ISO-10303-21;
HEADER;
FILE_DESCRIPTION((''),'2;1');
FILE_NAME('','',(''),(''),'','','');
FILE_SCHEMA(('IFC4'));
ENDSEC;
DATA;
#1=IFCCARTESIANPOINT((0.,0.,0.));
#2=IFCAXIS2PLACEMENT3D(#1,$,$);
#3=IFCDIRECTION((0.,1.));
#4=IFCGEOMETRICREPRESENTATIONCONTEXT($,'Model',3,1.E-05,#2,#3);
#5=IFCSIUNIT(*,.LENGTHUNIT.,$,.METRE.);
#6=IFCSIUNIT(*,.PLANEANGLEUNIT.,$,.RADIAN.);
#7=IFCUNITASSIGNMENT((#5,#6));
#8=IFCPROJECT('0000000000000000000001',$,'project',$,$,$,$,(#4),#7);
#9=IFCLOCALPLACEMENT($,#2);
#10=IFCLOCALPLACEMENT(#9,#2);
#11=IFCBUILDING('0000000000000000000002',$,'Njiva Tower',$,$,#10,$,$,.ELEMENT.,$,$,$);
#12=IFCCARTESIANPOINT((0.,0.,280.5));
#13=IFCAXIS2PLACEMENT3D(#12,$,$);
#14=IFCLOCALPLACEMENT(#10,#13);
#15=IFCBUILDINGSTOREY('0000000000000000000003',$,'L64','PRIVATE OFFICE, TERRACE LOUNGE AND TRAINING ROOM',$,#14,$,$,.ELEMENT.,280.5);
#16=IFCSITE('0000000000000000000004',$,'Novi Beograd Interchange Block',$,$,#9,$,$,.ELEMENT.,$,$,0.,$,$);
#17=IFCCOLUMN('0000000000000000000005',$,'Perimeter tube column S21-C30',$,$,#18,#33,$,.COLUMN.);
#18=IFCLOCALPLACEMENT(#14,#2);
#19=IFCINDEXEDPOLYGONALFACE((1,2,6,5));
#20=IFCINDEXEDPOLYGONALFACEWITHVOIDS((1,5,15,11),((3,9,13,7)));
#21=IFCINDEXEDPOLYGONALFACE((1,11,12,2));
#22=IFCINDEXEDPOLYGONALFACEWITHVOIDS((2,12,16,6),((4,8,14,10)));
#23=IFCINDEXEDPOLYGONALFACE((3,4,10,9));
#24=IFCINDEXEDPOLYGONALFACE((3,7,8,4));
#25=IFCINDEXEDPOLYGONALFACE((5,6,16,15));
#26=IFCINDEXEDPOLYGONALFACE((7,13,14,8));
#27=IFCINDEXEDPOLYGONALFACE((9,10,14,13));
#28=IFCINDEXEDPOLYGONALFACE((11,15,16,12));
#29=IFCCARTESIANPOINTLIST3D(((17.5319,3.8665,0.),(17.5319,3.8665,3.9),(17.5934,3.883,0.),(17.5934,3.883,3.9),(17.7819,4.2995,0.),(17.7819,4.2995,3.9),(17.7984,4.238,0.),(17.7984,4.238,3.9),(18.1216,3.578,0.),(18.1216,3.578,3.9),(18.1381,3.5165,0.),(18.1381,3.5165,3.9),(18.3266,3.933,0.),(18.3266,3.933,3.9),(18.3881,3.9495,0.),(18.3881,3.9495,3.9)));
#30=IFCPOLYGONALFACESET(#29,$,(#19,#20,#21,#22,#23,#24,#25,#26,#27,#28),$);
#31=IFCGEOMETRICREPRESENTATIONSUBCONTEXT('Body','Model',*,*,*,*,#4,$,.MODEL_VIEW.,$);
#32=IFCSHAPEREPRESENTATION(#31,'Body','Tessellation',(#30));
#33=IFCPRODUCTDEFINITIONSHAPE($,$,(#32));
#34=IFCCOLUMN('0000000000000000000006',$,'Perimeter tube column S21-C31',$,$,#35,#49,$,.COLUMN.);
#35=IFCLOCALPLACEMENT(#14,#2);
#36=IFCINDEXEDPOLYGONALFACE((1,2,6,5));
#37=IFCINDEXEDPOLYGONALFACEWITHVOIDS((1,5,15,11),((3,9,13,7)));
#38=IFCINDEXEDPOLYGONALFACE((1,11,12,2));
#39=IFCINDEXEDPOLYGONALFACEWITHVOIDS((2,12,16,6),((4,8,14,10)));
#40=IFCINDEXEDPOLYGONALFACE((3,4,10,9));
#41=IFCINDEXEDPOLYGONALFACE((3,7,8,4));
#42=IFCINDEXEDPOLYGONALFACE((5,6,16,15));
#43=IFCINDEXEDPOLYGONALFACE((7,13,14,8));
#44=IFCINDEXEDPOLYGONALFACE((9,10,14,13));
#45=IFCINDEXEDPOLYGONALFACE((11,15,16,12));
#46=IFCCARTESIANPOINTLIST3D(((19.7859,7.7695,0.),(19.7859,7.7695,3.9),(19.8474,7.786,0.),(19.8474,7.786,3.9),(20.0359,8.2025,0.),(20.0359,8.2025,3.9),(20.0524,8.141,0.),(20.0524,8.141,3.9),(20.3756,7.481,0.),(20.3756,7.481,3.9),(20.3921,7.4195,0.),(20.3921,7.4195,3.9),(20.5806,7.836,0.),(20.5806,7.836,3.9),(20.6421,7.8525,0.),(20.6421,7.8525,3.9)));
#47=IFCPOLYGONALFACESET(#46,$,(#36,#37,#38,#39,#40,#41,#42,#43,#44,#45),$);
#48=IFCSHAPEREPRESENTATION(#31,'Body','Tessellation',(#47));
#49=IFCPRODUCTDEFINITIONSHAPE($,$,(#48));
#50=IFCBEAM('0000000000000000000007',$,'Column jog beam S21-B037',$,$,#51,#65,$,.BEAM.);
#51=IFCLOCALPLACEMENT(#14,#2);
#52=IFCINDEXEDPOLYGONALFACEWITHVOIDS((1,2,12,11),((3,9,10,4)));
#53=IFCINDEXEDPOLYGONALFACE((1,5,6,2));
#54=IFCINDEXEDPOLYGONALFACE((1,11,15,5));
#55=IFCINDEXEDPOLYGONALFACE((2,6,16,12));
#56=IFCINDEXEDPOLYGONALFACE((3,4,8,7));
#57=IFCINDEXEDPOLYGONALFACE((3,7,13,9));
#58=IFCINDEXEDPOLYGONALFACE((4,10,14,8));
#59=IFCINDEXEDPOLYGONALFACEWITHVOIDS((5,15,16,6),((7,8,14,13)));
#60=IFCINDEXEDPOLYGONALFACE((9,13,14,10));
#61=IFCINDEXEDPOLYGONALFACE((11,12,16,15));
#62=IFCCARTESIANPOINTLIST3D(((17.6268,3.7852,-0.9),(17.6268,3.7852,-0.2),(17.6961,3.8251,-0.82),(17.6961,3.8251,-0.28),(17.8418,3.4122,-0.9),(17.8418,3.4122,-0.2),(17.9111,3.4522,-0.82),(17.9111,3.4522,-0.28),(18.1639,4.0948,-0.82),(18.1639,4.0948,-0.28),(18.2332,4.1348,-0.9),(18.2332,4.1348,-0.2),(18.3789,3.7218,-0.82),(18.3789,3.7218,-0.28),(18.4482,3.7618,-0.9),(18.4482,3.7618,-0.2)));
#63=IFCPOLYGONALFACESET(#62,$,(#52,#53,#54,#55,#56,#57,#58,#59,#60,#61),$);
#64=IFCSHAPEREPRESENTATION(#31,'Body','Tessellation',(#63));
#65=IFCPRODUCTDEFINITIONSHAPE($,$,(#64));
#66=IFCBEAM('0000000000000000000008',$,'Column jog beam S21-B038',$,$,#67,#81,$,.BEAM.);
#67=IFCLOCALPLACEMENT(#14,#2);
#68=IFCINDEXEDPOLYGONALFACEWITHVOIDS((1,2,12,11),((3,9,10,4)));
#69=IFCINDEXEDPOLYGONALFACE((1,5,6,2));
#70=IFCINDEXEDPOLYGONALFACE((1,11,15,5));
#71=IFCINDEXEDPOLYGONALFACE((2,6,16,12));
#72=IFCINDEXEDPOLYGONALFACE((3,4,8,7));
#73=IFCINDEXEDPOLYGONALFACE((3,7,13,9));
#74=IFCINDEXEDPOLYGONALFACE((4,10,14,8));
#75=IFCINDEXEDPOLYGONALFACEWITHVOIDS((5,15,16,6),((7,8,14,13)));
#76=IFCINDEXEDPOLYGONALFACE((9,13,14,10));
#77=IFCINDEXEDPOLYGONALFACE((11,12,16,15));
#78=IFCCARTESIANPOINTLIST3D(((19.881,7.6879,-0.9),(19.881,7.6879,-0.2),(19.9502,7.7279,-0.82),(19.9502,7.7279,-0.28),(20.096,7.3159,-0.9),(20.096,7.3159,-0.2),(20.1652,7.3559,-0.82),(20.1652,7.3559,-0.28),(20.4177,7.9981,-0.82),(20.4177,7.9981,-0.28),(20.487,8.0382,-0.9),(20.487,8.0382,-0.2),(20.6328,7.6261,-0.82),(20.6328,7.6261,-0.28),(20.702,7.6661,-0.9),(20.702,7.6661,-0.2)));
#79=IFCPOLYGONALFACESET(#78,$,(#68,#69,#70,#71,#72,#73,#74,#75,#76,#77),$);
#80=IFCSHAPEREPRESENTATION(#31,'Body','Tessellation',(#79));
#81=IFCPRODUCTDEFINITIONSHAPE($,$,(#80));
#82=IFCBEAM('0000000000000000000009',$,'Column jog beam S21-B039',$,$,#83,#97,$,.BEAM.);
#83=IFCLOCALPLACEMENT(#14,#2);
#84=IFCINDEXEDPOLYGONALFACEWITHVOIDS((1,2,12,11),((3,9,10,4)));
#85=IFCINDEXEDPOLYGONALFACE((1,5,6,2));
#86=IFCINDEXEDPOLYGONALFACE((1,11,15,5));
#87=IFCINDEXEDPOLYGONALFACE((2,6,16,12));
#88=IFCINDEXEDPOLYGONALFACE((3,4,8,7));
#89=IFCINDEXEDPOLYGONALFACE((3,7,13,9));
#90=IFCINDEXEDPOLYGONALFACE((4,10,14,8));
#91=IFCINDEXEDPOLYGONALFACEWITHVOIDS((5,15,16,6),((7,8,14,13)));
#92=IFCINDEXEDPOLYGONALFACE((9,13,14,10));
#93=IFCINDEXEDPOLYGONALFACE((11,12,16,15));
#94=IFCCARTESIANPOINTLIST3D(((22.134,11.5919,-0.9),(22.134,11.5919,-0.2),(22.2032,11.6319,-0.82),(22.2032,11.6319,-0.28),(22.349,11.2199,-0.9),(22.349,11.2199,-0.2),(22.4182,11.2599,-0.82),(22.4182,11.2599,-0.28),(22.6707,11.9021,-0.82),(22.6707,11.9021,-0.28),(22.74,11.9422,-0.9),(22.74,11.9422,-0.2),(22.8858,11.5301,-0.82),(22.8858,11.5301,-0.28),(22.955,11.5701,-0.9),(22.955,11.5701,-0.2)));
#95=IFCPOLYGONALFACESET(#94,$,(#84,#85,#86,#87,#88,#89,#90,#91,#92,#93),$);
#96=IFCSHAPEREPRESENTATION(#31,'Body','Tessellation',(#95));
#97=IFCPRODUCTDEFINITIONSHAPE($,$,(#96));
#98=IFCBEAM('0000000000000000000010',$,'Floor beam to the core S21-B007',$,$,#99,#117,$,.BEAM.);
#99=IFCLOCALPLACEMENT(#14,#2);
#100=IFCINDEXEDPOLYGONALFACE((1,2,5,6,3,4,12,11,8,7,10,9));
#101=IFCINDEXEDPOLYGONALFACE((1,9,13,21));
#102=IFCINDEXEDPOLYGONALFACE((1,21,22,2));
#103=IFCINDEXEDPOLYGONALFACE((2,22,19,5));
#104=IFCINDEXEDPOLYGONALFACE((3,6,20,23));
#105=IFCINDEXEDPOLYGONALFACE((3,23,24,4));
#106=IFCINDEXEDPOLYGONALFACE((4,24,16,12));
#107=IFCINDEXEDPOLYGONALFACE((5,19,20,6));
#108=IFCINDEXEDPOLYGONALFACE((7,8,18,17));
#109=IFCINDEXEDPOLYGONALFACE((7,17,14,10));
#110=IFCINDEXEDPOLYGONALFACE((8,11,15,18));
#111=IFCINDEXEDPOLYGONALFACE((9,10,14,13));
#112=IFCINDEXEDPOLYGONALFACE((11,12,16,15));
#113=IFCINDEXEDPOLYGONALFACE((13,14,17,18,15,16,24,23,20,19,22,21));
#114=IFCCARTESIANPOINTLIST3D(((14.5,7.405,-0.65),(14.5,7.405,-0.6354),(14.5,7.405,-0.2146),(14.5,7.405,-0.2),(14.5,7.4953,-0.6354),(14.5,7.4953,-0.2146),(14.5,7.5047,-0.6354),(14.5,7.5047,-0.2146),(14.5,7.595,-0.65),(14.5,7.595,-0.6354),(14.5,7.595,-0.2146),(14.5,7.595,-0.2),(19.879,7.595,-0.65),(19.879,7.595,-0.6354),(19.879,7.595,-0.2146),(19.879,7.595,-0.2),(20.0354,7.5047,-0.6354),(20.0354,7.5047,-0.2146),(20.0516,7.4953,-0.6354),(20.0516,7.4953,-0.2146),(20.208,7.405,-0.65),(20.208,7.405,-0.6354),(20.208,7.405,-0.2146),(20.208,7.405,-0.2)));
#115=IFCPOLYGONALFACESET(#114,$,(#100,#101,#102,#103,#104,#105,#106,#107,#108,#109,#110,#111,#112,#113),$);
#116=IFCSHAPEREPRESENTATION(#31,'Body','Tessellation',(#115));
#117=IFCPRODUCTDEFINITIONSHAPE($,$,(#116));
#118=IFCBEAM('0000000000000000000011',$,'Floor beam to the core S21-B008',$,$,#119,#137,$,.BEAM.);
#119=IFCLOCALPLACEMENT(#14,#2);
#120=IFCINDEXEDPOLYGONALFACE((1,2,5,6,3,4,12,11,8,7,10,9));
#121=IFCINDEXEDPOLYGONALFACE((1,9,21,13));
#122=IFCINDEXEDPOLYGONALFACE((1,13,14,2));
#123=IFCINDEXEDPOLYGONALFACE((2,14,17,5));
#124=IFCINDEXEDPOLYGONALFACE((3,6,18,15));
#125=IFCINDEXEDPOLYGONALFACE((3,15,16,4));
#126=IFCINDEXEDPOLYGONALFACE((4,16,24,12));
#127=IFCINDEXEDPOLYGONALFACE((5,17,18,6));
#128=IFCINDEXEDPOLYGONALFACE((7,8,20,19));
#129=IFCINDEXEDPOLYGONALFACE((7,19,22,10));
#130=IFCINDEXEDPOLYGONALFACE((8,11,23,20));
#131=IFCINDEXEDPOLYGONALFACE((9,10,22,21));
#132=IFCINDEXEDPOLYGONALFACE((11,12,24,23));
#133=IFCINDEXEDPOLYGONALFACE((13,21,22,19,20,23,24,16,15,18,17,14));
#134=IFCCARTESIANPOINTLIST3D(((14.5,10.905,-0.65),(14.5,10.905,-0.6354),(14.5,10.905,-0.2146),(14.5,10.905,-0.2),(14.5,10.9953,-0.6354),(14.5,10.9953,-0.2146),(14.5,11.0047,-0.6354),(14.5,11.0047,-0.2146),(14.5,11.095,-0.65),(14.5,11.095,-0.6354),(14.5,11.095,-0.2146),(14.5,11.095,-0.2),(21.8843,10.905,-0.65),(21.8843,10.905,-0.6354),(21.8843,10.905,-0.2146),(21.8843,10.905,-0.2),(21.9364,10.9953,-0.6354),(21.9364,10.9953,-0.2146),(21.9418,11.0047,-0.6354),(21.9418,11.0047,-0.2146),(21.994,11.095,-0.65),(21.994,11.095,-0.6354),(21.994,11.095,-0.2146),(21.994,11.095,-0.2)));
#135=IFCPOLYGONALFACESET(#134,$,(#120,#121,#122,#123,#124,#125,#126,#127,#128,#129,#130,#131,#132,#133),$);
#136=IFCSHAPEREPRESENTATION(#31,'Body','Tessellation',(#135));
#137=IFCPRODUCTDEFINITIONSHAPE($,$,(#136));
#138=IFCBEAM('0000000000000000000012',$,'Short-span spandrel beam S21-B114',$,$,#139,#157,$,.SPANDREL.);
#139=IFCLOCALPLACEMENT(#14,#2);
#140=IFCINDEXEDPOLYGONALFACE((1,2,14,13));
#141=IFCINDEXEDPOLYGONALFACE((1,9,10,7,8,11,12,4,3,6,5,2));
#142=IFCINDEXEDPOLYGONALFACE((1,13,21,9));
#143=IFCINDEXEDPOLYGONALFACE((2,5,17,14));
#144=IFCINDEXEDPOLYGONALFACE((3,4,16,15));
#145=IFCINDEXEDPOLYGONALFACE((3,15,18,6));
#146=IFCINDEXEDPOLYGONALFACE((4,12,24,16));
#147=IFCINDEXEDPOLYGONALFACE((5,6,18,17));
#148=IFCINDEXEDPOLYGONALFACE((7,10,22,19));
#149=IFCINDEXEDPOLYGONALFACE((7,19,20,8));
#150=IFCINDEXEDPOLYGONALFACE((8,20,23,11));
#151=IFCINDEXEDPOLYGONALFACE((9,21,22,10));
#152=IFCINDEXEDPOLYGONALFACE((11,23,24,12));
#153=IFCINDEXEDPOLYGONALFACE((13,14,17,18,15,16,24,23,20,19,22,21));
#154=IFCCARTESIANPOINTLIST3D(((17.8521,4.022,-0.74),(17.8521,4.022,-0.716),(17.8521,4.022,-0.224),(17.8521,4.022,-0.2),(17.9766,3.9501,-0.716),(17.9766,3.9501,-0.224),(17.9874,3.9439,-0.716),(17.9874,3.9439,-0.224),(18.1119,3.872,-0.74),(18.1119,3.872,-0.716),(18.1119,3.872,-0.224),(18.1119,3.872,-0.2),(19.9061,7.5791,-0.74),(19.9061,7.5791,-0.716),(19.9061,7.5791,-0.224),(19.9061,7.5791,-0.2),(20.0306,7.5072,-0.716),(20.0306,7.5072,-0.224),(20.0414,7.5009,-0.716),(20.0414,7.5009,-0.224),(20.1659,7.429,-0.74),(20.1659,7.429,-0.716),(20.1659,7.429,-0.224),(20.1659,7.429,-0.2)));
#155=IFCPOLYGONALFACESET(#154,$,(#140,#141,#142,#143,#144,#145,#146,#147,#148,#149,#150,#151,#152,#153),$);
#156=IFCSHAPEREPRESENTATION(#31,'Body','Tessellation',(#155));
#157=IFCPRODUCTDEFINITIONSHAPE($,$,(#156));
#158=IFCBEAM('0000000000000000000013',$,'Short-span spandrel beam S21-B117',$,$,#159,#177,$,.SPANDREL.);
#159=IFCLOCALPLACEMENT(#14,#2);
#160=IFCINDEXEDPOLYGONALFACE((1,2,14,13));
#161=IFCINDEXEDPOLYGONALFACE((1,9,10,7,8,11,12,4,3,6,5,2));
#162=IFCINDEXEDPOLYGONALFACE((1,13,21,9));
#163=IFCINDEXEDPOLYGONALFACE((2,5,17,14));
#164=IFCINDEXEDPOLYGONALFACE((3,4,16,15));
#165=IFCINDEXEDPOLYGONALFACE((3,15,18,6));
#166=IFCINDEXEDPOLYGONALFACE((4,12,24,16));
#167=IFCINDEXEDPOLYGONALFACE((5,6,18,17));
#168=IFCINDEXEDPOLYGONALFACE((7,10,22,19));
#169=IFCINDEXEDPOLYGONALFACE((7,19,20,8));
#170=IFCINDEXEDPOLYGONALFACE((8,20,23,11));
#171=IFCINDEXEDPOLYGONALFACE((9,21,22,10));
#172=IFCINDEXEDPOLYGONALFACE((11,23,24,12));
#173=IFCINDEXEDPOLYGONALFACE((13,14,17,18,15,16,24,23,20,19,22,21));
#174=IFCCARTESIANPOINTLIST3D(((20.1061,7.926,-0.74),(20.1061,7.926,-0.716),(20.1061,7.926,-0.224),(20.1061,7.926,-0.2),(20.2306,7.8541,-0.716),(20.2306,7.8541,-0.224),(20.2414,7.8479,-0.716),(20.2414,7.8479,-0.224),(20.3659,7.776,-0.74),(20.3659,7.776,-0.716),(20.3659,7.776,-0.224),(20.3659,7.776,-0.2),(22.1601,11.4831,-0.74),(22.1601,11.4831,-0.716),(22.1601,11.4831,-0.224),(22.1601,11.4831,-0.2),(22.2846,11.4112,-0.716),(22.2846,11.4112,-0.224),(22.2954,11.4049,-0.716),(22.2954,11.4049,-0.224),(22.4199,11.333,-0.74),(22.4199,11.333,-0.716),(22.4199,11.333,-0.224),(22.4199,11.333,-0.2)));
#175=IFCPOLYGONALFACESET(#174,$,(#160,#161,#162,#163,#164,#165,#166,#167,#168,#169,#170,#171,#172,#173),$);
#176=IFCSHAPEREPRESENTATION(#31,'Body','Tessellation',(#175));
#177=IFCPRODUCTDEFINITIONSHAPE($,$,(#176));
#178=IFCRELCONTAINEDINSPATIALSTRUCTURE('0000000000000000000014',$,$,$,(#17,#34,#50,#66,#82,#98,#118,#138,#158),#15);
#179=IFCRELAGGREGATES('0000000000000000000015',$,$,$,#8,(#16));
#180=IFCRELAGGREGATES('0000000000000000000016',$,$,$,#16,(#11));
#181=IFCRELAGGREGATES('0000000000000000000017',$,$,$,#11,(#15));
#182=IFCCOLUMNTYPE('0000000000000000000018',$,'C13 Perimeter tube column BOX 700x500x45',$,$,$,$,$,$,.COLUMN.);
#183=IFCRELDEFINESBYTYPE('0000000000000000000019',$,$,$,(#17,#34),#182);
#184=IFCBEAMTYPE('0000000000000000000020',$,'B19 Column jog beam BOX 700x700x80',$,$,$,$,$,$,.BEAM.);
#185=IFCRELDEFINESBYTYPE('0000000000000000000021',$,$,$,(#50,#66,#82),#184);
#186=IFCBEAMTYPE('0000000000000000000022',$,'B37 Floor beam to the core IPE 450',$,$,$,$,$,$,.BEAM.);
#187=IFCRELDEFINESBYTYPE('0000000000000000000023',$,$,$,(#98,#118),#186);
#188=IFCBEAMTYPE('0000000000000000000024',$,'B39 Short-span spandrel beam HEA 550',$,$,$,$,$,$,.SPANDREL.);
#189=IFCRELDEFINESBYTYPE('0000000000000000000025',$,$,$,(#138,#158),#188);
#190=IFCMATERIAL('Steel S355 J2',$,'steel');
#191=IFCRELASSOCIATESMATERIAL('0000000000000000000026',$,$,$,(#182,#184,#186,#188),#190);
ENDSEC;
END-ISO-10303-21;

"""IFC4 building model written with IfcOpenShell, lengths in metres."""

from ifc_helpers import new_model, si_unit, direction, frame, origin, origin_2d, place, context, subcontext, project, spatial, hollow_rectangle, i_section, extrude, clip, halfspace, material, material_profile, profile_set, type_object, element, save


model = new_model("IFC4")

# Units and contexts
model_context = context("Model", 3, precision=1e-05, world=origin(), true_north=direction((0.0, 1.0)))
body_context = subcontext(model_context, "Body", "Model", "MODEL_VIEW")
ifc_project = project(units=[si_unit("LENGTHUNIT", "METRE"), si_unit("PLANEANGLEUNIT", "RADIAN")], contexts=[model_context])

# Site, building, storey
site_placement = place(None, origin())
site = spatial("IfcSite", under=ifc_project, at=site_placement, Name="Novi Beograd Interchange Block", CompositionType="ELEMENT", RefElevation=0.0)
building_placement = place(site_placement, origin())
building = spatial("IfcBuilding", under=site, at=building_placement, Name="Njiva Tower", CompositionType="ELEMENT")
storey_placement = place(building_placement, frame((0.0, 0.0, 280.5)))
storey = spatial("IfcBuildingStorey", under=building, at=storey_placement, Name="L64", Description="PRIVATE OFFICE, TERRACE LOUNGE AND TRAINING ROOM", CompositionType="ELEMENT", Elevation=280.5)

# Columns
ifc_material_1 = material(Name="Steel S355 J2", Category="steel")
ifc_material_profile_1 = material_profile(ifc_material_1, hollow_rectangle(XDim=0.5, YDim=0.7, WallThickness=0.045, at=origin_2d()), Name="BOX 700x500x45")
ifc_profile_set_1 = profile_set([ifc_material_profile_1], Name="Steel S355 J2")
column_type = type_object("IfcColumnType", Name="C13 Perimeter tube column BOX 700x500x45", PredefinedType="COLUMN", material=ifc_profile_set_1)
for number, where, z_axis, x_axis, name in (
    (1, (17.96, 3.908, 0.0), (0.0, 0.0, 1.0), (0.5, 0.866025, 0.0), "Perimeter tube column S21-C30"),
    (2, (20.214, 7.811, 0.0), (0.0, 0.0, 1.0), (0.5, 0.866025, 0.0), "Perimeter tube column S21-C31"),
):
    element("IfcColumn", number, at=place(storey_placement, frame(where, z_axis=z_axis, x_axis=x_axis)), inside=storey, type_object=column_type, Name=name, PredefinedType="COLUMN", context=body_context, shape_type="SweptSolid", body=[
        extrude(hollow_rectangle(XDim=0.5, YDim=0.7, WallThickness=0.045, at=origin_2d()), origin(), (0.0, 0.0, 1.0), 3.9),
    ])

# Beams
ifc_material_profile_2 = material_profile(ifc_material_1, hollow_rectangle(XDim=0.7, YDim=0.7, WallThickness=0.08, at=origin_2d()), Name="BOX 700x700x80")
ifc_profile_set_2 = profile_set([ifc_material_profile_2], Name="Steel S355 J2")
beam_type_1 = type_object("IfcBeamType", Name="B19 Column jog beam BOX 700x700x80", PredefinedType="BEAM", material=ifc_profile_set_2)
beam_1_placement = place(storey_placement, frame((18.145, 3.587, -0.55), z_axis=(-0.499387, 0.866379, 0.0), x_axis=(-0.866379, -0.499387, 0.0)))
element("IfcBeam", 3, at=beam_1_placement, inside=storey, type_object=beam_type_1, Name="Column jog beam S21-B037", PredefinedType="BEAM", context=body_context, shape_type="SweptSolid", body=[
    extrude(hollow_rectangle(XDim=0.7, YDim=0.7, WallThickness=0.08, at=origin_2d()), origin(), (0.0, 0.0, 1.0), 0.4305),
])
for number, where, z_axis, x_axis, name in (
    (4, (20.399, 7.491, -0.55), (-0.500394, 0.865798, 0.0), (-0.865798, -0.500394, 0.0), "Column jog beam S21-B038"),
    (5, (22.652, 11.395, -0.55), (-0.500394, 0.865798, 0.0), (-0.865798, -0.500394, 0.0), "Column jog beam S21-B039"),
):
    element("IfcBeam", number, at=place(storey_placement, frame(where, z_axis=z_axis, x_axis=x_axis)), inside=storey, type_object=beam_type_1, Name=name, PredefinedType="BEAM", context=body_context, shape_type="SweptSolid", body=[
        extrude(hollow_rectangle(XDim=0.7, YDim=0.7, WallThickness=0.08, at=origin_2d()), origin(), (0.0, 0.0, 1.0), 0.4297),
    ])
ifc_material_profile_3 = material_profile(ifc_material_1, i_section(OverallWidth=0.19, OverallDepth=0.45, WebThickness=0.0094, FlangeThickness=0.0146, at=origin_2d()), Name="IPE 450")
ifc_profile_set_3 = profile_set([ifc_material_profile_3], Name="Steel S355 J2")
beam_type_2 = type_object("IfcBeamType", Name="B37 Floor beam to the core IPE 450", PredefinedType="BEAM", material=ifc_profile_set_3)
beam_2_placement = place(storey_placement, frame((14.5, 7.5, -0.425), z_axis=(1.0, 0.0, 0.0), x_axis=(0.0, 1.0, 0.0)))
element("IfcBeam", 6, at=beam_2_placement, inside=storey, type_object=beam_type_2, Name="Floor beam to the core S21-B007", PredefinedType="BEAM", context=body_context, shape_type="Clipping", body=[
    clip(extrude(i_section(OverallWidth=0.19, OverallDepth=0.45, WebThickness=0.0094, FlangeThickness=0.0146, at=origin_2d()), origin(), (0.0, 0.0, 1.0), 5.728), halfspace(frame((0.0433, 0.0, 5.4685), z_axis=(0.866027, 0.0, 0.499998), x_axis=(0.0, 1.0, 0.0)), False)),
])
beam_3_placement = place(storey_placement, frame((14.5, 11.0, -0.425), z_axis=(1.0, 0.0, 0.0), x_axis=(0.0, 1.0, 0.0)))
element("IfcBeam", 7, at=beam_3_placement, inside=storey, type_object=beam_type_2, Name="Floor beam to the core S21-B008", PredefinedType="BEAM", context=body_context, shape_type="Clipping", body=[
    clip(extrude(i_section(OverallWidth=0.19, OverallDepth=0.45, WebThickness=0.0094, FlangeThickness=0.0146, at=origin_2d()), origin(), (0.0, 0.0, 1.0), 7.514), halfspace(frame((-0.025, 0.0, 7.4247), z_axis=(-0.499998, 0.0, 0.866027), x_axis=(0.0, 1.0, 0.0)), False)),
])
ifc_material_profile_4 = material_profile(ifc_material_1, i_section(OverallWidth=0.3, OverallDepth=0.54, WebThickness=0.0125, FlangeThickness=0.024, at=origin_2d()), Name="HEA 550")
ifc_profile_set_4 = profile_set([ifc_material_profile_4], Name="Steel S355 J2")
beam_type_3 = type_object("IfcBeamType", Name="B39 Short-span spandrel beam HEA 550", PredefinedType="SPANDREL", material=ifc_profile_set_4)
for number, where, z_axis, x_axis, name in (
    (8, (17.982, 3.947, -0.47), (0.500067, 0.865987, 0.0), (-0.865987, 0.500067, 0.0), "Short-span spandrel beam S21-B114"),
    (9, (20.236, 7.851, -0.47), (0.500067, 0.865987, 0.0), (-0.865987, 0.500067, 0.0), "Short-span spandrel beam S21-B117"),
):
    element("IfcBeam", number, at=place(storey_placement, frame(where, z_axis=z_axis, x_axis=x_axis)), inside=storey, type_object=beam_type_3, Name=name, PredefinedType="SPANDREL", context=body_context, shape_type="SweptSolid", body=[
        extrude(i_section(OverallWidth=0.3, OverallDepth=0.54, WebThickness=0.0125, FlangeThickness=0.024, at=origin_2d()), origin(), (0.0, 0.0, 1.0), 4.1075),
    ])

save(model, "model.ifc")
